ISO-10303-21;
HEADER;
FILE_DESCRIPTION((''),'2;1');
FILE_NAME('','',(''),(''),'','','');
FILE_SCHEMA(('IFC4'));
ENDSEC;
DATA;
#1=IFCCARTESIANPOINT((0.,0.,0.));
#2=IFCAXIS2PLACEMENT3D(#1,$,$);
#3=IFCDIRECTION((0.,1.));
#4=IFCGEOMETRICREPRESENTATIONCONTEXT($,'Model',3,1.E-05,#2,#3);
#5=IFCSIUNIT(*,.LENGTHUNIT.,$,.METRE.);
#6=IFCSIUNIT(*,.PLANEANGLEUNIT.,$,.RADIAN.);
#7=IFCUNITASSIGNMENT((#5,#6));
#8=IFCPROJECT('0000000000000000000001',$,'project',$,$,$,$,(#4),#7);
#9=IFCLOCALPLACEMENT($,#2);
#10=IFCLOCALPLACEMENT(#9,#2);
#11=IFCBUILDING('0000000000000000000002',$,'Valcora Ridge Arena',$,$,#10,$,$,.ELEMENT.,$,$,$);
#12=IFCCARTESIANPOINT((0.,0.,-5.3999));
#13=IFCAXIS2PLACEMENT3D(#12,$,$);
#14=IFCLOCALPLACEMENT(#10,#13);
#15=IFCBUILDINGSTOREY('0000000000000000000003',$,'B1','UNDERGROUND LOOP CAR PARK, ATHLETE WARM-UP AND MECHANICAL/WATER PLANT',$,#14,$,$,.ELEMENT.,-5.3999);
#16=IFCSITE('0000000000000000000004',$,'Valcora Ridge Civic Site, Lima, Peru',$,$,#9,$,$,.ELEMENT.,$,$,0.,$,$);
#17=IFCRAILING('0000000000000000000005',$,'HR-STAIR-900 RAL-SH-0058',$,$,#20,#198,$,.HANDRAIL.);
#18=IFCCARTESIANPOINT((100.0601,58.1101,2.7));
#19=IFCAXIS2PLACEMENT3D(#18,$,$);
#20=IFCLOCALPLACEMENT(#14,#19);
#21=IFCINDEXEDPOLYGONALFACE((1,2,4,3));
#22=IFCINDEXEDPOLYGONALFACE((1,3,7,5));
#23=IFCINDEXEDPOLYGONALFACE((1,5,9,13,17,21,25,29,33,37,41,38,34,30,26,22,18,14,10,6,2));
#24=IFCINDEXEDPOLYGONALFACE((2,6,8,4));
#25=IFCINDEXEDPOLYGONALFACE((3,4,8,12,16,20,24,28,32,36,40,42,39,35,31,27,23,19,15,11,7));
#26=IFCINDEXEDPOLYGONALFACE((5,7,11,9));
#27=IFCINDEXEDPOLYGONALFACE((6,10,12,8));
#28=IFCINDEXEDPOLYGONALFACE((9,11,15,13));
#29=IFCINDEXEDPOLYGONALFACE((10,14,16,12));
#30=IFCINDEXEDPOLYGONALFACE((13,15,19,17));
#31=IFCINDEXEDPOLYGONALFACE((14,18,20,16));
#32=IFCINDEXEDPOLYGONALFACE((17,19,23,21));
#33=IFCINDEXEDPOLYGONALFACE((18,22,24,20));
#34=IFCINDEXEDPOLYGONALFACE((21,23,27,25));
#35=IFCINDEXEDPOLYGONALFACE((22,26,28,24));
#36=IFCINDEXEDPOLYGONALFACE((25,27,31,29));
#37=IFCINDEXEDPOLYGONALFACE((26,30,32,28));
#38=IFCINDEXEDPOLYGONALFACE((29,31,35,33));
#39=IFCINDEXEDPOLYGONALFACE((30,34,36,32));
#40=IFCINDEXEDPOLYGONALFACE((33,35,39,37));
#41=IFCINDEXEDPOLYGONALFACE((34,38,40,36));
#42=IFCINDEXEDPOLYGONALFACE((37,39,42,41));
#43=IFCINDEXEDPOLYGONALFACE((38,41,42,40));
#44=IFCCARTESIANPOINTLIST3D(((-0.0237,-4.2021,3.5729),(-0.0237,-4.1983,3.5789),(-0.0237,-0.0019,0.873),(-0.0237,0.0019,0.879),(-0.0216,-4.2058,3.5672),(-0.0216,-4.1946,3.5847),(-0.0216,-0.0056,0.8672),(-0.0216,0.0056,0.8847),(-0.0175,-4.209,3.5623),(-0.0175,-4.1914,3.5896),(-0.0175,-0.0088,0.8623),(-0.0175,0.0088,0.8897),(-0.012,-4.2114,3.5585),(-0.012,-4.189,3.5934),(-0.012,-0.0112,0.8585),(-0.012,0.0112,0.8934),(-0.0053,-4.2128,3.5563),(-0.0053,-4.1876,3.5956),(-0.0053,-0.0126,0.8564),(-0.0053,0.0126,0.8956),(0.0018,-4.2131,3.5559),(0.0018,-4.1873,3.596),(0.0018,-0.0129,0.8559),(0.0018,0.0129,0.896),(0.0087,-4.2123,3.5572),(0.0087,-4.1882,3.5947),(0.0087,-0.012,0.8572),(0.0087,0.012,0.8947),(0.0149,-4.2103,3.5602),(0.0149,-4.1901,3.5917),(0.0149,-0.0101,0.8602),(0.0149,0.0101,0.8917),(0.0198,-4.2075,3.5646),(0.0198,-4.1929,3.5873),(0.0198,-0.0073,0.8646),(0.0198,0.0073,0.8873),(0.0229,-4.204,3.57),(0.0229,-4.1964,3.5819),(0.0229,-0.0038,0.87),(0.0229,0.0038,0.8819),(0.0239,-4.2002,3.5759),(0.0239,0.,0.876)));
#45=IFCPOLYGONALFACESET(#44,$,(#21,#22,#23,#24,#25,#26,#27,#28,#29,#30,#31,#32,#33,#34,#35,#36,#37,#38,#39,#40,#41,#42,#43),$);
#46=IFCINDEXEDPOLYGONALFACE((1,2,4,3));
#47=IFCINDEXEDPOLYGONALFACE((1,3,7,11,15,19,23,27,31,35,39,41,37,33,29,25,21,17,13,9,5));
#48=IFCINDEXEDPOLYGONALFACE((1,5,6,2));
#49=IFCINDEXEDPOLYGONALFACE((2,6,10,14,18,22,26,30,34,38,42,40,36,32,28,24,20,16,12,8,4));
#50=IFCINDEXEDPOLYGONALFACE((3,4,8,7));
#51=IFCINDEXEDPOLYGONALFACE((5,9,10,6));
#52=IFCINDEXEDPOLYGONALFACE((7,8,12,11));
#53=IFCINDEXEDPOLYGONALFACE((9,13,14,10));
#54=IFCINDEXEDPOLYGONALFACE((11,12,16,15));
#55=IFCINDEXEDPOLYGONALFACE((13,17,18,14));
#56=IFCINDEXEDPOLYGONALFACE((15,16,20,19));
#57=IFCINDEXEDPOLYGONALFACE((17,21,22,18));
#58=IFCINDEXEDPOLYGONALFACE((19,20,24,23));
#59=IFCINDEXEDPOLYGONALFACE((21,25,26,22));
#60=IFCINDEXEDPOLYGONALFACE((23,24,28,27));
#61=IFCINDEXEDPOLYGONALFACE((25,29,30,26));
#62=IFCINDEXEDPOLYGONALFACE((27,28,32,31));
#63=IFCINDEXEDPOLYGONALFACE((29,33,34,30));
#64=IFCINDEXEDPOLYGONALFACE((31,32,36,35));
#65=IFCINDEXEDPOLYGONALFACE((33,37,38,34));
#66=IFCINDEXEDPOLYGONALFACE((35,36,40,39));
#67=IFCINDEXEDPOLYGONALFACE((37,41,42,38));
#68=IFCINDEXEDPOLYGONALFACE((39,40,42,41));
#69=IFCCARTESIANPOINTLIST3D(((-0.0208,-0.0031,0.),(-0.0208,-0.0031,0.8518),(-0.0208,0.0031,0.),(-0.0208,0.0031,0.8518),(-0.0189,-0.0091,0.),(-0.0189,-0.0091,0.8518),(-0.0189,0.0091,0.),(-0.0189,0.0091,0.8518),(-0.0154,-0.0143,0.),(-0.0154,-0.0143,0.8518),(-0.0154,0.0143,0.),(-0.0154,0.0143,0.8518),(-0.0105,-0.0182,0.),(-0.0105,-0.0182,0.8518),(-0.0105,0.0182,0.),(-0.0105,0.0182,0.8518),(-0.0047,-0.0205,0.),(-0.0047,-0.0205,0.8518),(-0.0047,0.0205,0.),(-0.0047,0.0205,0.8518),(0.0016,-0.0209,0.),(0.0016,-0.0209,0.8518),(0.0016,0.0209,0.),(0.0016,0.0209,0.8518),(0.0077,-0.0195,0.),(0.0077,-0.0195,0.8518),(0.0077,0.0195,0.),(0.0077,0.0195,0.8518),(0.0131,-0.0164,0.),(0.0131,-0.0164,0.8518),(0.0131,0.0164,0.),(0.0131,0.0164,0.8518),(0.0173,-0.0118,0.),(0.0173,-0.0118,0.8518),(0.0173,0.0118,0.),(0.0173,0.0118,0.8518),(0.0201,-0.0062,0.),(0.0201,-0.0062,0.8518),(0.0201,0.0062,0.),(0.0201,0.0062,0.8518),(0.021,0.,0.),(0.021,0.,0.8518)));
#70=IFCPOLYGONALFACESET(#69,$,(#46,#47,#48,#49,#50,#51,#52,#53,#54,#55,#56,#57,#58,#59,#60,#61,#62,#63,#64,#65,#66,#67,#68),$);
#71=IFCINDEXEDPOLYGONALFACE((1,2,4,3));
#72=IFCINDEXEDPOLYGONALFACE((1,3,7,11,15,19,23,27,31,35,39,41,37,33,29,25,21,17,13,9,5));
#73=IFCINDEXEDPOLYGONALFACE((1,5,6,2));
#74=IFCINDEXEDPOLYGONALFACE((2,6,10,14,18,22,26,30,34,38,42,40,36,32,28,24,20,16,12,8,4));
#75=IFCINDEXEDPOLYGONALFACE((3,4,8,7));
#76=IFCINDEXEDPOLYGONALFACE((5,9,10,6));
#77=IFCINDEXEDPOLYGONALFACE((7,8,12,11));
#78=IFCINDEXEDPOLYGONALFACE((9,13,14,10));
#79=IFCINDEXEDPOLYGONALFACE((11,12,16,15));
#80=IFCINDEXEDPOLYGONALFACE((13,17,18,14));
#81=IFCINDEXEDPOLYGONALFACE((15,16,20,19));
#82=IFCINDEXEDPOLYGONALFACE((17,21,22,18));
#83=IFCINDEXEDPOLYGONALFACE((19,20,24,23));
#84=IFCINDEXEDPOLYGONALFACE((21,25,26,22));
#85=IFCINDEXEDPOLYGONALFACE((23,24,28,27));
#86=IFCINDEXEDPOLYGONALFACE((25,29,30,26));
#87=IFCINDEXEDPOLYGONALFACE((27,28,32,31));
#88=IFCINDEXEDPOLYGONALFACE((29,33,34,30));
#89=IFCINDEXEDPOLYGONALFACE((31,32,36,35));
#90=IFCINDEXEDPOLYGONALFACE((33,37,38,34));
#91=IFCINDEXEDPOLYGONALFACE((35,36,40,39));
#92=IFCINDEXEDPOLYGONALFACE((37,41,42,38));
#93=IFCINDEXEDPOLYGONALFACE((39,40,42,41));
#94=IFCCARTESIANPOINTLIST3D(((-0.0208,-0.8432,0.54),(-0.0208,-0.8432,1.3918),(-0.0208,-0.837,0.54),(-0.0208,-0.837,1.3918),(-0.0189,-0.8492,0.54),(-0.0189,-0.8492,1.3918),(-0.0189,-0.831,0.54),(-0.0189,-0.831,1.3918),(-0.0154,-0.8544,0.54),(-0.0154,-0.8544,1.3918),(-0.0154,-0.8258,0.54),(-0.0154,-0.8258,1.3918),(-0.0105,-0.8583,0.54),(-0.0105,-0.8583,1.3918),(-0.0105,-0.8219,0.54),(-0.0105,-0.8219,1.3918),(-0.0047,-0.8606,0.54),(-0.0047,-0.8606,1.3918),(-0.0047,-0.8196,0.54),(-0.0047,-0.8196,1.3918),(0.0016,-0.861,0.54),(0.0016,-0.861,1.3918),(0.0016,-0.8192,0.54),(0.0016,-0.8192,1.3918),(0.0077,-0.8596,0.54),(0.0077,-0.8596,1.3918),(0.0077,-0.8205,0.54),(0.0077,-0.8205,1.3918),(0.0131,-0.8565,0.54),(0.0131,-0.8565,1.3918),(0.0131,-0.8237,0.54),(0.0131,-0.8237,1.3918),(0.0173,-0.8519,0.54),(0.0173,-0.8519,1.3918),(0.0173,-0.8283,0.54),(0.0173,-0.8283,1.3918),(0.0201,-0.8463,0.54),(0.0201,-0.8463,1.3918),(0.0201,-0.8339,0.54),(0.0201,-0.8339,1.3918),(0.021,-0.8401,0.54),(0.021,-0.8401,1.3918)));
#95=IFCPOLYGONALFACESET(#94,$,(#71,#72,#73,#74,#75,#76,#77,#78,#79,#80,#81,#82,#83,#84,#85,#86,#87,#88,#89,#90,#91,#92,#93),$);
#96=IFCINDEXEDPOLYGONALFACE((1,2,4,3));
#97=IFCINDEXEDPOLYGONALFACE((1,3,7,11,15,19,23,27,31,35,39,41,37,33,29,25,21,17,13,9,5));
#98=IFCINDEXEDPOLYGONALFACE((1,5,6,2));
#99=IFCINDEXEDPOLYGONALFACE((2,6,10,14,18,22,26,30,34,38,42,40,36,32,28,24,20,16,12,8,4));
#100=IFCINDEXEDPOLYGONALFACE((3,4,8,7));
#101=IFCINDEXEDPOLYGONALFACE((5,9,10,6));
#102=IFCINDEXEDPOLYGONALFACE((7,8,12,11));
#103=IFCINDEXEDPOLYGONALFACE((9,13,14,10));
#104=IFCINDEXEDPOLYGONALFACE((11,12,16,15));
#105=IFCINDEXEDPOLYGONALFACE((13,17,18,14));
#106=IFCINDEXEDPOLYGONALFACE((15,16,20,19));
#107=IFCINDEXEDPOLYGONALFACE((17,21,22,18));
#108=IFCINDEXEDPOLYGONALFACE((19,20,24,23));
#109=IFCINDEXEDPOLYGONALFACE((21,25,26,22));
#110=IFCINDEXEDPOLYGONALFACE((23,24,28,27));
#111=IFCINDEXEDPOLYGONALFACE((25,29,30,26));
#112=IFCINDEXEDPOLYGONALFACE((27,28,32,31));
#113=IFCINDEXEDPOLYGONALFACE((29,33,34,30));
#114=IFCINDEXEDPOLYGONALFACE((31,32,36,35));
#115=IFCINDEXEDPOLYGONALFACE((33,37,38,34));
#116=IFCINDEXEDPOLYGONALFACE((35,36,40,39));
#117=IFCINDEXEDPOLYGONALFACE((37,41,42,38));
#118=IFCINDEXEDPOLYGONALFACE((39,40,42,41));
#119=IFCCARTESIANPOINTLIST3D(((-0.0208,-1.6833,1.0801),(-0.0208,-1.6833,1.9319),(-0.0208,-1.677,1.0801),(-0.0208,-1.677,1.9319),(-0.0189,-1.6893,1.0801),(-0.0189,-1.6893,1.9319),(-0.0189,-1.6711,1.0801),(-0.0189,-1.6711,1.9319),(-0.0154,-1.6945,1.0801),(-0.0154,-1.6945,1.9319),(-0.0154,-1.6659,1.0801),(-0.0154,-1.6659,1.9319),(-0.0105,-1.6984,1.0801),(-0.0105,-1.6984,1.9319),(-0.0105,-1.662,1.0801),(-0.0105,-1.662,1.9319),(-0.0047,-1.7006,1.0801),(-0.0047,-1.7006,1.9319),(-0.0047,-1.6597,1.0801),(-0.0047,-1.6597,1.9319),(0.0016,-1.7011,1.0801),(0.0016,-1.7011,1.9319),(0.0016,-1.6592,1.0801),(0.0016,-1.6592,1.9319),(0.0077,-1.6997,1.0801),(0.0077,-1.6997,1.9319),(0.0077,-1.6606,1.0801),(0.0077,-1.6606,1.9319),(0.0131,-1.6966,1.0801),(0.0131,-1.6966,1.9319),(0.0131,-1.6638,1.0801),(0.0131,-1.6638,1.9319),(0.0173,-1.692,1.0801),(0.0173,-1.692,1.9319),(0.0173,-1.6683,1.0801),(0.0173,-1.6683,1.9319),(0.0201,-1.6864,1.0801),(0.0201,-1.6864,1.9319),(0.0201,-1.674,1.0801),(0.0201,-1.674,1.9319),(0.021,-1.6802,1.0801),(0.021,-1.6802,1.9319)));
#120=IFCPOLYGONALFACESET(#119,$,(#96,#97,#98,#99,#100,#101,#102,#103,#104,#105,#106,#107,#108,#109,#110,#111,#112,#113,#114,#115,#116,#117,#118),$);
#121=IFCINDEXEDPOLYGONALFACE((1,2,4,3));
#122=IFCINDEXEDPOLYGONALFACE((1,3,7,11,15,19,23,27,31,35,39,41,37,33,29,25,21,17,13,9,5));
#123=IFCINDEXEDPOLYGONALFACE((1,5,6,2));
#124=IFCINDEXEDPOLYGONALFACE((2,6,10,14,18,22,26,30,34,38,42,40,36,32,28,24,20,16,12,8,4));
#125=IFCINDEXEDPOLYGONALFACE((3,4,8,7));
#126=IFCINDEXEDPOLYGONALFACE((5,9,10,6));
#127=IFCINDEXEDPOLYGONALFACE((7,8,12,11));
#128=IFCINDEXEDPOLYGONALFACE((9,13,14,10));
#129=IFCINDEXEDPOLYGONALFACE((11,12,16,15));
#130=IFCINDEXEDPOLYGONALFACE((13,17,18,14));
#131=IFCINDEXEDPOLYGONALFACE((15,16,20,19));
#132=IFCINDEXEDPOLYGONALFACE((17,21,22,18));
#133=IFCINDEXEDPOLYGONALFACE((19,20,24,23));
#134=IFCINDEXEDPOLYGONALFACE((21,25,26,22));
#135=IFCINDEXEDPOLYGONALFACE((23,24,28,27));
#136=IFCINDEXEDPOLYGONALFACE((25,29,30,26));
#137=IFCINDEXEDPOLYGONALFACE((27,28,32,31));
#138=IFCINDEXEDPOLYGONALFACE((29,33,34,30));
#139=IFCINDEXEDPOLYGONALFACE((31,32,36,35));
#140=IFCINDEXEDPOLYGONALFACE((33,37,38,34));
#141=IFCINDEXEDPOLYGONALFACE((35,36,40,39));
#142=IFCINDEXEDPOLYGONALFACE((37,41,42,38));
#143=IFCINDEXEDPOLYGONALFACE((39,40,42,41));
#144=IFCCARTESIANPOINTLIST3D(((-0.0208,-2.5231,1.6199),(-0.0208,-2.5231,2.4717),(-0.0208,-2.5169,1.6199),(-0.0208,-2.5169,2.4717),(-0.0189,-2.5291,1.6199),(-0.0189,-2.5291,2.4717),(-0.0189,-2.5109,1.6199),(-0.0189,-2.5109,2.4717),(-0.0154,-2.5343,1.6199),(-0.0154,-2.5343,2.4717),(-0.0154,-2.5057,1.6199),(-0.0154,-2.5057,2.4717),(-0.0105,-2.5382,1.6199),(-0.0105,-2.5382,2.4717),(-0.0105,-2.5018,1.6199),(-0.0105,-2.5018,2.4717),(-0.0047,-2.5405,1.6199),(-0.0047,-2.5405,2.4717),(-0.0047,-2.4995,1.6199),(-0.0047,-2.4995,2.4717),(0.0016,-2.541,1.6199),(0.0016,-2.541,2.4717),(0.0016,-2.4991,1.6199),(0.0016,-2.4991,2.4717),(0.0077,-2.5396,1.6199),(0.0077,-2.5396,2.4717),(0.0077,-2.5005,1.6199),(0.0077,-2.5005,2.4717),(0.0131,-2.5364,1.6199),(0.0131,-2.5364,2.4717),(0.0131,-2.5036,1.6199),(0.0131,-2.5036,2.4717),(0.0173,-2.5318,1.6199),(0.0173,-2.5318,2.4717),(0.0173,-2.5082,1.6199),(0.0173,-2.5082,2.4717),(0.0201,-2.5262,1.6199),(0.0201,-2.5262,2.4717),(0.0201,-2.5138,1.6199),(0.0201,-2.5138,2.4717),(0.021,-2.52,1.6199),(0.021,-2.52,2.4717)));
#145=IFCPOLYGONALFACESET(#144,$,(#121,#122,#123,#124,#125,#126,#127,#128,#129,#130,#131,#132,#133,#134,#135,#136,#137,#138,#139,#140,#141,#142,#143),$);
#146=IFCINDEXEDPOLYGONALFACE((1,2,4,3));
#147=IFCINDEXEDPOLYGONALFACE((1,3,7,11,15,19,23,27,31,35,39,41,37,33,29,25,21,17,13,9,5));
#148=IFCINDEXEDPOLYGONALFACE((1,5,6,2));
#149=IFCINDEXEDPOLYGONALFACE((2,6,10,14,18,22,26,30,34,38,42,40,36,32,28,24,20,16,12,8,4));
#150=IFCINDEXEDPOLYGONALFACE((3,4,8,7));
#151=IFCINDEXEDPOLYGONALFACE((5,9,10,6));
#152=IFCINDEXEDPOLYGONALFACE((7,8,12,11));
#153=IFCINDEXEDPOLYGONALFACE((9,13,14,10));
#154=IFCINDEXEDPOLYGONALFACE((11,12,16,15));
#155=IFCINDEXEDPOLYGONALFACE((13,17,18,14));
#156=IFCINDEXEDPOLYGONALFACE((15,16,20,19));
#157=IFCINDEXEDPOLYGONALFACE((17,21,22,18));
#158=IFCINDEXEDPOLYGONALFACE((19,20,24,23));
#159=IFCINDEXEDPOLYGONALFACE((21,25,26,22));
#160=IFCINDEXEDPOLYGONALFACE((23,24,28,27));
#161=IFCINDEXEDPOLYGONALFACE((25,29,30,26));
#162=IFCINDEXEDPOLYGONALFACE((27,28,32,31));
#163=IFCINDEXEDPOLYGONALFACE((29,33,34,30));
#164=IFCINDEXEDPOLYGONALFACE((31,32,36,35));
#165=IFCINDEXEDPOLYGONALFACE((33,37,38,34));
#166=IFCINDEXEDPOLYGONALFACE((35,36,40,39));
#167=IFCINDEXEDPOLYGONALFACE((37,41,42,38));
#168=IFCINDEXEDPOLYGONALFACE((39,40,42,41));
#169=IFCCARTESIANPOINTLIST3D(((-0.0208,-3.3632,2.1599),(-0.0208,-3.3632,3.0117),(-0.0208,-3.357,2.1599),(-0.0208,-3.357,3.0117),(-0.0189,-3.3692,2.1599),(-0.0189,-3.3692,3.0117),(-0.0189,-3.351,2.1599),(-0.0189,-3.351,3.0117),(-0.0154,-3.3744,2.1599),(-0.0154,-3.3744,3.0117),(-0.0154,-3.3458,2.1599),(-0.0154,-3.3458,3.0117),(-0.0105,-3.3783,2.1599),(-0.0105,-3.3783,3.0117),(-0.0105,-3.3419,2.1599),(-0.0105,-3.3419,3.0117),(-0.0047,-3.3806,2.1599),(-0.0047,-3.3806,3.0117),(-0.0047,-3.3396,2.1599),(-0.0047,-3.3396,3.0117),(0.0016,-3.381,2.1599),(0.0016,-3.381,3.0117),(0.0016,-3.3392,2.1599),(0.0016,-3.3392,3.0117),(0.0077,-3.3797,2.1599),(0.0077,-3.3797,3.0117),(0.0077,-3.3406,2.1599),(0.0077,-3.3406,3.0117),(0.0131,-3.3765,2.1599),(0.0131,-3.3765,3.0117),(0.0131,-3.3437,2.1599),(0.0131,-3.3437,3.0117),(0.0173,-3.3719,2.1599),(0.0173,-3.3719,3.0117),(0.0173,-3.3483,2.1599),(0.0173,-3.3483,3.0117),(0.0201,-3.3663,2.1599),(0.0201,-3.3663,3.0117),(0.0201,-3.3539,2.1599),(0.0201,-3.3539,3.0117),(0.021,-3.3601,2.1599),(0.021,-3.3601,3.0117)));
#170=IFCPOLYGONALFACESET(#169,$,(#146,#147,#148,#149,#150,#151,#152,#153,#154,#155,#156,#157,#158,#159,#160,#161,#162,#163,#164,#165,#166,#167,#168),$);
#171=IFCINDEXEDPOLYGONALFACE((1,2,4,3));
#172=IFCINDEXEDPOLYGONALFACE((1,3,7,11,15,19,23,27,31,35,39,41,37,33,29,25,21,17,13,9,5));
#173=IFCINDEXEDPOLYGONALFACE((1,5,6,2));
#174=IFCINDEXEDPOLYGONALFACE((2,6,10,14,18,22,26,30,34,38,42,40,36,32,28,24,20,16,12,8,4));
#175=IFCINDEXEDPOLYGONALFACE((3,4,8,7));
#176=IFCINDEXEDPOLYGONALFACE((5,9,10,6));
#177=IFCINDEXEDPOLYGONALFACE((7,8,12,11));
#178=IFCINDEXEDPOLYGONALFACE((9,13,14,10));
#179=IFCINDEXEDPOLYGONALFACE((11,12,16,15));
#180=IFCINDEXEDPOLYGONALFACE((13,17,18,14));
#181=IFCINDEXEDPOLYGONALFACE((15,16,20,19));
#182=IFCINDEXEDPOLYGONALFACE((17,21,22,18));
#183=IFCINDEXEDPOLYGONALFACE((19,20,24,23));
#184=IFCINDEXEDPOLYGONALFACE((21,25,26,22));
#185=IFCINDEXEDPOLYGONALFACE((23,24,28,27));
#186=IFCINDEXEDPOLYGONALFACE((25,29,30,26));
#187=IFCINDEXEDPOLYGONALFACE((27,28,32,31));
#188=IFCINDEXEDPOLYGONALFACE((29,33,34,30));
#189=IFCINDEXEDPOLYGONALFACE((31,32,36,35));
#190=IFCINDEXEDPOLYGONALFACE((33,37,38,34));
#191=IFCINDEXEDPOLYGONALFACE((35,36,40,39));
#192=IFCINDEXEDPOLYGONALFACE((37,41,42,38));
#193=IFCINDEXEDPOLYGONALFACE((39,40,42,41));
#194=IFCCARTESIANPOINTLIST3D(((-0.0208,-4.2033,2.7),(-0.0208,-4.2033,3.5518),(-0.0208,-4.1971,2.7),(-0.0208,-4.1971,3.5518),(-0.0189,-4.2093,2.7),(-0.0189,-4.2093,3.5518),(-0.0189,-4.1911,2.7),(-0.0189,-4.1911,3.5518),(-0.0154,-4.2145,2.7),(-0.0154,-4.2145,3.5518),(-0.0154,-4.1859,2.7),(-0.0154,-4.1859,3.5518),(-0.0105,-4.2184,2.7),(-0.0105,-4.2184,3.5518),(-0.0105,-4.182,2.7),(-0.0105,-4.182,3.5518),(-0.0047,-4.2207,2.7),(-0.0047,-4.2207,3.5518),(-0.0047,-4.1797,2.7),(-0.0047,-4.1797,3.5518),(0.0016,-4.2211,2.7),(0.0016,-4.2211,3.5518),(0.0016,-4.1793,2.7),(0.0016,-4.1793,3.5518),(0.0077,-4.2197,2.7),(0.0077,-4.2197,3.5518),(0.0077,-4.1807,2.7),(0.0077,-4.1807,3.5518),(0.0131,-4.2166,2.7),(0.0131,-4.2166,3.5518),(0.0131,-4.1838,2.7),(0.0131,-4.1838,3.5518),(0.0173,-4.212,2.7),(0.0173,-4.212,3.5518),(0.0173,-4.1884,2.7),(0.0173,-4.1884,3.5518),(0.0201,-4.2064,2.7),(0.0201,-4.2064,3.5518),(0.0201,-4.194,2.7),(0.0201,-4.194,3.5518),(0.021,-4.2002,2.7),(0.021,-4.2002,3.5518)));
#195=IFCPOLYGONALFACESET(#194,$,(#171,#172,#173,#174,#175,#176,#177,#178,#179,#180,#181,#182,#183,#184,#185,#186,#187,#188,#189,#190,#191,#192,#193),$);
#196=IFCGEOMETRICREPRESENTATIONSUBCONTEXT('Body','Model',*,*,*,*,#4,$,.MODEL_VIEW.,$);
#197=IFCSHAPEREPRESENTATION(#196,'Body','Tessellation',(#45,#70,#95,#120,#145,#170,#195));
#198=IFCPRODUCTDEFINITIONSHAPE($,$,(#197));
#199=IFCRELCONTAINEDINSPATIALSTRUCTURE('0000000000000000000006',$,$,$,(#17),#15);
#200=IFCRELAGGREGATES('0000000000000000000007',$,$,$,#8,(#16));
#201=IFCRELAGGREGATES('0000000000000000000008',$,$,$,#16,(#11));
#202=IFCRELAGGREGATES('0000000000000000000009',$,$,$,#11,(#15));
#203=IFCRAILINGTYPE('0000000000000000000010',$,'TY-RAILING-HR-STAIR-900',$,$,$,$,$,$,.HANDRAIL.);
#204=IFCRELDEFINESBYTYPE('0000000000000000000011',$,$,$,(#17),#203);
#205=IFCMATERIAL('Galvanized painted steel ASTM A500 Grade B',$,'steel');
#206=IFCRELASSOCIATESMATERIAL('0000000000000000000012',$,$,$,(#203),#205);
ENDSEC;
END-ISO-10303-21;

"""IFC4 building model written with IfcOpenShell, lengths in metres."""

from ifc_helpers import new_model, si_unit, direction, frame, origin, origin_2d, place, context, subcontext, project, spatial, circle, extrude, material, type_object, element, save


model = new_model("IFC4")

# Units and contexts
model_context = context("Model", 3, precision=1e-05, world=origin(), true_north=direction((0.0, 1.0)))
body_context = subcontext(model_context, "Body", "Model", "MODEL_VIEW")
ifc_project = project(units=[si_unit("LENGTHUNIT", "METRE"), si_unit("PLANEANGLEUNIT", "RADIAN")], contexts=[model_context])

# Site, building, storey
site_placement = place(None, origin())
site = spatial("IfcSite", under=ifc_project, at=site_placement, Name="Valcora Ridge Civic Site, Lima, Peru", CompositionType="ELEMENT", RefElevation=0.0)
building_placement = place(site_placement, origin())
building = spatial("IfcBuilding", under=site, at=building_placement, Name="Valcora Ridge Arena", CompositionType="ELEMENT")
storey_placement = place(building_placement, frame((0.0, 0.0, -5.3999)))
storey = spatial("IfcBuildingStorey", under=building, at=storey_placement, Name="B1", Description="UNDERGROUND LOOP CAR PARK, ATHLETE WARM-UP AND MECHANICAL/WATER PLANT", CompositionType="ELEMENT", Elevation=-5.3999)

# Railing
ifc_material_1 = material(Name="Galvanized painted steel ASTM A500 Grade B", Category="steel")
railing_type = type_object("IfcRailingType", Name="TY-RAILING-HR-STAIR-900", PredefinedType="HANDRAIL", material=ifc_material_1)
railing_placement = place(storey_placement, frame((100.0601, 58.1101, 2.7)))
element("IfcRailing", 1, at=railing_placement, inside=storey, type_object=railing_type, Name="HR-STAIR-900 RAL-SH-0058", PredefinedType="HANDRAIL", context=body_context, shape_type="SweptSolid", body=[
    extrude(circle(Radius=0.0239, at=origin_2d()), frame((0.0, 0.0, 0.876), z_axis=(0.0, -0.841194, 0.540733), x_axis=(1.0, 0.0, 0.0)), (0.0, 0.0, 1.0), 4.9932),
    extrude(circle(Radius=0.021, at=origin_2d()), origin(), (0.0, 0.0, 1.0), 0.8518),
    extrude(circle(Radius=0.021, at=origin_2d()), frame((0.0, -0.8401, 0.54)), (0.0, 0.0, 1.0), 0.8518),
    extrude(circle(Radius=0.021, at=origin_2d()), frame((0.0, -1.6802, 1.0801)), (0.0, 0.0, 1.0), 0.8518),
    extrude(circle(Radius=0.021, at=origin_2d()), frame((0.0, -2.52, 1.6199)), (0.0, 0.0, 1.0), 0.8518),
    extrude(circle(Radius=0.021, at=origin_2d()), frame((0.0, -3.3601, 2.1599)), (0.0, 0.0, 1.0), 0.8518),
    extrude(circle(Radius=0.021, at=origin_2d()), frame((0.0, -4.2002, 2.7)), (0.0, 0.0, 1.0), 0.8518),
])

save(model, "model.ifc")
